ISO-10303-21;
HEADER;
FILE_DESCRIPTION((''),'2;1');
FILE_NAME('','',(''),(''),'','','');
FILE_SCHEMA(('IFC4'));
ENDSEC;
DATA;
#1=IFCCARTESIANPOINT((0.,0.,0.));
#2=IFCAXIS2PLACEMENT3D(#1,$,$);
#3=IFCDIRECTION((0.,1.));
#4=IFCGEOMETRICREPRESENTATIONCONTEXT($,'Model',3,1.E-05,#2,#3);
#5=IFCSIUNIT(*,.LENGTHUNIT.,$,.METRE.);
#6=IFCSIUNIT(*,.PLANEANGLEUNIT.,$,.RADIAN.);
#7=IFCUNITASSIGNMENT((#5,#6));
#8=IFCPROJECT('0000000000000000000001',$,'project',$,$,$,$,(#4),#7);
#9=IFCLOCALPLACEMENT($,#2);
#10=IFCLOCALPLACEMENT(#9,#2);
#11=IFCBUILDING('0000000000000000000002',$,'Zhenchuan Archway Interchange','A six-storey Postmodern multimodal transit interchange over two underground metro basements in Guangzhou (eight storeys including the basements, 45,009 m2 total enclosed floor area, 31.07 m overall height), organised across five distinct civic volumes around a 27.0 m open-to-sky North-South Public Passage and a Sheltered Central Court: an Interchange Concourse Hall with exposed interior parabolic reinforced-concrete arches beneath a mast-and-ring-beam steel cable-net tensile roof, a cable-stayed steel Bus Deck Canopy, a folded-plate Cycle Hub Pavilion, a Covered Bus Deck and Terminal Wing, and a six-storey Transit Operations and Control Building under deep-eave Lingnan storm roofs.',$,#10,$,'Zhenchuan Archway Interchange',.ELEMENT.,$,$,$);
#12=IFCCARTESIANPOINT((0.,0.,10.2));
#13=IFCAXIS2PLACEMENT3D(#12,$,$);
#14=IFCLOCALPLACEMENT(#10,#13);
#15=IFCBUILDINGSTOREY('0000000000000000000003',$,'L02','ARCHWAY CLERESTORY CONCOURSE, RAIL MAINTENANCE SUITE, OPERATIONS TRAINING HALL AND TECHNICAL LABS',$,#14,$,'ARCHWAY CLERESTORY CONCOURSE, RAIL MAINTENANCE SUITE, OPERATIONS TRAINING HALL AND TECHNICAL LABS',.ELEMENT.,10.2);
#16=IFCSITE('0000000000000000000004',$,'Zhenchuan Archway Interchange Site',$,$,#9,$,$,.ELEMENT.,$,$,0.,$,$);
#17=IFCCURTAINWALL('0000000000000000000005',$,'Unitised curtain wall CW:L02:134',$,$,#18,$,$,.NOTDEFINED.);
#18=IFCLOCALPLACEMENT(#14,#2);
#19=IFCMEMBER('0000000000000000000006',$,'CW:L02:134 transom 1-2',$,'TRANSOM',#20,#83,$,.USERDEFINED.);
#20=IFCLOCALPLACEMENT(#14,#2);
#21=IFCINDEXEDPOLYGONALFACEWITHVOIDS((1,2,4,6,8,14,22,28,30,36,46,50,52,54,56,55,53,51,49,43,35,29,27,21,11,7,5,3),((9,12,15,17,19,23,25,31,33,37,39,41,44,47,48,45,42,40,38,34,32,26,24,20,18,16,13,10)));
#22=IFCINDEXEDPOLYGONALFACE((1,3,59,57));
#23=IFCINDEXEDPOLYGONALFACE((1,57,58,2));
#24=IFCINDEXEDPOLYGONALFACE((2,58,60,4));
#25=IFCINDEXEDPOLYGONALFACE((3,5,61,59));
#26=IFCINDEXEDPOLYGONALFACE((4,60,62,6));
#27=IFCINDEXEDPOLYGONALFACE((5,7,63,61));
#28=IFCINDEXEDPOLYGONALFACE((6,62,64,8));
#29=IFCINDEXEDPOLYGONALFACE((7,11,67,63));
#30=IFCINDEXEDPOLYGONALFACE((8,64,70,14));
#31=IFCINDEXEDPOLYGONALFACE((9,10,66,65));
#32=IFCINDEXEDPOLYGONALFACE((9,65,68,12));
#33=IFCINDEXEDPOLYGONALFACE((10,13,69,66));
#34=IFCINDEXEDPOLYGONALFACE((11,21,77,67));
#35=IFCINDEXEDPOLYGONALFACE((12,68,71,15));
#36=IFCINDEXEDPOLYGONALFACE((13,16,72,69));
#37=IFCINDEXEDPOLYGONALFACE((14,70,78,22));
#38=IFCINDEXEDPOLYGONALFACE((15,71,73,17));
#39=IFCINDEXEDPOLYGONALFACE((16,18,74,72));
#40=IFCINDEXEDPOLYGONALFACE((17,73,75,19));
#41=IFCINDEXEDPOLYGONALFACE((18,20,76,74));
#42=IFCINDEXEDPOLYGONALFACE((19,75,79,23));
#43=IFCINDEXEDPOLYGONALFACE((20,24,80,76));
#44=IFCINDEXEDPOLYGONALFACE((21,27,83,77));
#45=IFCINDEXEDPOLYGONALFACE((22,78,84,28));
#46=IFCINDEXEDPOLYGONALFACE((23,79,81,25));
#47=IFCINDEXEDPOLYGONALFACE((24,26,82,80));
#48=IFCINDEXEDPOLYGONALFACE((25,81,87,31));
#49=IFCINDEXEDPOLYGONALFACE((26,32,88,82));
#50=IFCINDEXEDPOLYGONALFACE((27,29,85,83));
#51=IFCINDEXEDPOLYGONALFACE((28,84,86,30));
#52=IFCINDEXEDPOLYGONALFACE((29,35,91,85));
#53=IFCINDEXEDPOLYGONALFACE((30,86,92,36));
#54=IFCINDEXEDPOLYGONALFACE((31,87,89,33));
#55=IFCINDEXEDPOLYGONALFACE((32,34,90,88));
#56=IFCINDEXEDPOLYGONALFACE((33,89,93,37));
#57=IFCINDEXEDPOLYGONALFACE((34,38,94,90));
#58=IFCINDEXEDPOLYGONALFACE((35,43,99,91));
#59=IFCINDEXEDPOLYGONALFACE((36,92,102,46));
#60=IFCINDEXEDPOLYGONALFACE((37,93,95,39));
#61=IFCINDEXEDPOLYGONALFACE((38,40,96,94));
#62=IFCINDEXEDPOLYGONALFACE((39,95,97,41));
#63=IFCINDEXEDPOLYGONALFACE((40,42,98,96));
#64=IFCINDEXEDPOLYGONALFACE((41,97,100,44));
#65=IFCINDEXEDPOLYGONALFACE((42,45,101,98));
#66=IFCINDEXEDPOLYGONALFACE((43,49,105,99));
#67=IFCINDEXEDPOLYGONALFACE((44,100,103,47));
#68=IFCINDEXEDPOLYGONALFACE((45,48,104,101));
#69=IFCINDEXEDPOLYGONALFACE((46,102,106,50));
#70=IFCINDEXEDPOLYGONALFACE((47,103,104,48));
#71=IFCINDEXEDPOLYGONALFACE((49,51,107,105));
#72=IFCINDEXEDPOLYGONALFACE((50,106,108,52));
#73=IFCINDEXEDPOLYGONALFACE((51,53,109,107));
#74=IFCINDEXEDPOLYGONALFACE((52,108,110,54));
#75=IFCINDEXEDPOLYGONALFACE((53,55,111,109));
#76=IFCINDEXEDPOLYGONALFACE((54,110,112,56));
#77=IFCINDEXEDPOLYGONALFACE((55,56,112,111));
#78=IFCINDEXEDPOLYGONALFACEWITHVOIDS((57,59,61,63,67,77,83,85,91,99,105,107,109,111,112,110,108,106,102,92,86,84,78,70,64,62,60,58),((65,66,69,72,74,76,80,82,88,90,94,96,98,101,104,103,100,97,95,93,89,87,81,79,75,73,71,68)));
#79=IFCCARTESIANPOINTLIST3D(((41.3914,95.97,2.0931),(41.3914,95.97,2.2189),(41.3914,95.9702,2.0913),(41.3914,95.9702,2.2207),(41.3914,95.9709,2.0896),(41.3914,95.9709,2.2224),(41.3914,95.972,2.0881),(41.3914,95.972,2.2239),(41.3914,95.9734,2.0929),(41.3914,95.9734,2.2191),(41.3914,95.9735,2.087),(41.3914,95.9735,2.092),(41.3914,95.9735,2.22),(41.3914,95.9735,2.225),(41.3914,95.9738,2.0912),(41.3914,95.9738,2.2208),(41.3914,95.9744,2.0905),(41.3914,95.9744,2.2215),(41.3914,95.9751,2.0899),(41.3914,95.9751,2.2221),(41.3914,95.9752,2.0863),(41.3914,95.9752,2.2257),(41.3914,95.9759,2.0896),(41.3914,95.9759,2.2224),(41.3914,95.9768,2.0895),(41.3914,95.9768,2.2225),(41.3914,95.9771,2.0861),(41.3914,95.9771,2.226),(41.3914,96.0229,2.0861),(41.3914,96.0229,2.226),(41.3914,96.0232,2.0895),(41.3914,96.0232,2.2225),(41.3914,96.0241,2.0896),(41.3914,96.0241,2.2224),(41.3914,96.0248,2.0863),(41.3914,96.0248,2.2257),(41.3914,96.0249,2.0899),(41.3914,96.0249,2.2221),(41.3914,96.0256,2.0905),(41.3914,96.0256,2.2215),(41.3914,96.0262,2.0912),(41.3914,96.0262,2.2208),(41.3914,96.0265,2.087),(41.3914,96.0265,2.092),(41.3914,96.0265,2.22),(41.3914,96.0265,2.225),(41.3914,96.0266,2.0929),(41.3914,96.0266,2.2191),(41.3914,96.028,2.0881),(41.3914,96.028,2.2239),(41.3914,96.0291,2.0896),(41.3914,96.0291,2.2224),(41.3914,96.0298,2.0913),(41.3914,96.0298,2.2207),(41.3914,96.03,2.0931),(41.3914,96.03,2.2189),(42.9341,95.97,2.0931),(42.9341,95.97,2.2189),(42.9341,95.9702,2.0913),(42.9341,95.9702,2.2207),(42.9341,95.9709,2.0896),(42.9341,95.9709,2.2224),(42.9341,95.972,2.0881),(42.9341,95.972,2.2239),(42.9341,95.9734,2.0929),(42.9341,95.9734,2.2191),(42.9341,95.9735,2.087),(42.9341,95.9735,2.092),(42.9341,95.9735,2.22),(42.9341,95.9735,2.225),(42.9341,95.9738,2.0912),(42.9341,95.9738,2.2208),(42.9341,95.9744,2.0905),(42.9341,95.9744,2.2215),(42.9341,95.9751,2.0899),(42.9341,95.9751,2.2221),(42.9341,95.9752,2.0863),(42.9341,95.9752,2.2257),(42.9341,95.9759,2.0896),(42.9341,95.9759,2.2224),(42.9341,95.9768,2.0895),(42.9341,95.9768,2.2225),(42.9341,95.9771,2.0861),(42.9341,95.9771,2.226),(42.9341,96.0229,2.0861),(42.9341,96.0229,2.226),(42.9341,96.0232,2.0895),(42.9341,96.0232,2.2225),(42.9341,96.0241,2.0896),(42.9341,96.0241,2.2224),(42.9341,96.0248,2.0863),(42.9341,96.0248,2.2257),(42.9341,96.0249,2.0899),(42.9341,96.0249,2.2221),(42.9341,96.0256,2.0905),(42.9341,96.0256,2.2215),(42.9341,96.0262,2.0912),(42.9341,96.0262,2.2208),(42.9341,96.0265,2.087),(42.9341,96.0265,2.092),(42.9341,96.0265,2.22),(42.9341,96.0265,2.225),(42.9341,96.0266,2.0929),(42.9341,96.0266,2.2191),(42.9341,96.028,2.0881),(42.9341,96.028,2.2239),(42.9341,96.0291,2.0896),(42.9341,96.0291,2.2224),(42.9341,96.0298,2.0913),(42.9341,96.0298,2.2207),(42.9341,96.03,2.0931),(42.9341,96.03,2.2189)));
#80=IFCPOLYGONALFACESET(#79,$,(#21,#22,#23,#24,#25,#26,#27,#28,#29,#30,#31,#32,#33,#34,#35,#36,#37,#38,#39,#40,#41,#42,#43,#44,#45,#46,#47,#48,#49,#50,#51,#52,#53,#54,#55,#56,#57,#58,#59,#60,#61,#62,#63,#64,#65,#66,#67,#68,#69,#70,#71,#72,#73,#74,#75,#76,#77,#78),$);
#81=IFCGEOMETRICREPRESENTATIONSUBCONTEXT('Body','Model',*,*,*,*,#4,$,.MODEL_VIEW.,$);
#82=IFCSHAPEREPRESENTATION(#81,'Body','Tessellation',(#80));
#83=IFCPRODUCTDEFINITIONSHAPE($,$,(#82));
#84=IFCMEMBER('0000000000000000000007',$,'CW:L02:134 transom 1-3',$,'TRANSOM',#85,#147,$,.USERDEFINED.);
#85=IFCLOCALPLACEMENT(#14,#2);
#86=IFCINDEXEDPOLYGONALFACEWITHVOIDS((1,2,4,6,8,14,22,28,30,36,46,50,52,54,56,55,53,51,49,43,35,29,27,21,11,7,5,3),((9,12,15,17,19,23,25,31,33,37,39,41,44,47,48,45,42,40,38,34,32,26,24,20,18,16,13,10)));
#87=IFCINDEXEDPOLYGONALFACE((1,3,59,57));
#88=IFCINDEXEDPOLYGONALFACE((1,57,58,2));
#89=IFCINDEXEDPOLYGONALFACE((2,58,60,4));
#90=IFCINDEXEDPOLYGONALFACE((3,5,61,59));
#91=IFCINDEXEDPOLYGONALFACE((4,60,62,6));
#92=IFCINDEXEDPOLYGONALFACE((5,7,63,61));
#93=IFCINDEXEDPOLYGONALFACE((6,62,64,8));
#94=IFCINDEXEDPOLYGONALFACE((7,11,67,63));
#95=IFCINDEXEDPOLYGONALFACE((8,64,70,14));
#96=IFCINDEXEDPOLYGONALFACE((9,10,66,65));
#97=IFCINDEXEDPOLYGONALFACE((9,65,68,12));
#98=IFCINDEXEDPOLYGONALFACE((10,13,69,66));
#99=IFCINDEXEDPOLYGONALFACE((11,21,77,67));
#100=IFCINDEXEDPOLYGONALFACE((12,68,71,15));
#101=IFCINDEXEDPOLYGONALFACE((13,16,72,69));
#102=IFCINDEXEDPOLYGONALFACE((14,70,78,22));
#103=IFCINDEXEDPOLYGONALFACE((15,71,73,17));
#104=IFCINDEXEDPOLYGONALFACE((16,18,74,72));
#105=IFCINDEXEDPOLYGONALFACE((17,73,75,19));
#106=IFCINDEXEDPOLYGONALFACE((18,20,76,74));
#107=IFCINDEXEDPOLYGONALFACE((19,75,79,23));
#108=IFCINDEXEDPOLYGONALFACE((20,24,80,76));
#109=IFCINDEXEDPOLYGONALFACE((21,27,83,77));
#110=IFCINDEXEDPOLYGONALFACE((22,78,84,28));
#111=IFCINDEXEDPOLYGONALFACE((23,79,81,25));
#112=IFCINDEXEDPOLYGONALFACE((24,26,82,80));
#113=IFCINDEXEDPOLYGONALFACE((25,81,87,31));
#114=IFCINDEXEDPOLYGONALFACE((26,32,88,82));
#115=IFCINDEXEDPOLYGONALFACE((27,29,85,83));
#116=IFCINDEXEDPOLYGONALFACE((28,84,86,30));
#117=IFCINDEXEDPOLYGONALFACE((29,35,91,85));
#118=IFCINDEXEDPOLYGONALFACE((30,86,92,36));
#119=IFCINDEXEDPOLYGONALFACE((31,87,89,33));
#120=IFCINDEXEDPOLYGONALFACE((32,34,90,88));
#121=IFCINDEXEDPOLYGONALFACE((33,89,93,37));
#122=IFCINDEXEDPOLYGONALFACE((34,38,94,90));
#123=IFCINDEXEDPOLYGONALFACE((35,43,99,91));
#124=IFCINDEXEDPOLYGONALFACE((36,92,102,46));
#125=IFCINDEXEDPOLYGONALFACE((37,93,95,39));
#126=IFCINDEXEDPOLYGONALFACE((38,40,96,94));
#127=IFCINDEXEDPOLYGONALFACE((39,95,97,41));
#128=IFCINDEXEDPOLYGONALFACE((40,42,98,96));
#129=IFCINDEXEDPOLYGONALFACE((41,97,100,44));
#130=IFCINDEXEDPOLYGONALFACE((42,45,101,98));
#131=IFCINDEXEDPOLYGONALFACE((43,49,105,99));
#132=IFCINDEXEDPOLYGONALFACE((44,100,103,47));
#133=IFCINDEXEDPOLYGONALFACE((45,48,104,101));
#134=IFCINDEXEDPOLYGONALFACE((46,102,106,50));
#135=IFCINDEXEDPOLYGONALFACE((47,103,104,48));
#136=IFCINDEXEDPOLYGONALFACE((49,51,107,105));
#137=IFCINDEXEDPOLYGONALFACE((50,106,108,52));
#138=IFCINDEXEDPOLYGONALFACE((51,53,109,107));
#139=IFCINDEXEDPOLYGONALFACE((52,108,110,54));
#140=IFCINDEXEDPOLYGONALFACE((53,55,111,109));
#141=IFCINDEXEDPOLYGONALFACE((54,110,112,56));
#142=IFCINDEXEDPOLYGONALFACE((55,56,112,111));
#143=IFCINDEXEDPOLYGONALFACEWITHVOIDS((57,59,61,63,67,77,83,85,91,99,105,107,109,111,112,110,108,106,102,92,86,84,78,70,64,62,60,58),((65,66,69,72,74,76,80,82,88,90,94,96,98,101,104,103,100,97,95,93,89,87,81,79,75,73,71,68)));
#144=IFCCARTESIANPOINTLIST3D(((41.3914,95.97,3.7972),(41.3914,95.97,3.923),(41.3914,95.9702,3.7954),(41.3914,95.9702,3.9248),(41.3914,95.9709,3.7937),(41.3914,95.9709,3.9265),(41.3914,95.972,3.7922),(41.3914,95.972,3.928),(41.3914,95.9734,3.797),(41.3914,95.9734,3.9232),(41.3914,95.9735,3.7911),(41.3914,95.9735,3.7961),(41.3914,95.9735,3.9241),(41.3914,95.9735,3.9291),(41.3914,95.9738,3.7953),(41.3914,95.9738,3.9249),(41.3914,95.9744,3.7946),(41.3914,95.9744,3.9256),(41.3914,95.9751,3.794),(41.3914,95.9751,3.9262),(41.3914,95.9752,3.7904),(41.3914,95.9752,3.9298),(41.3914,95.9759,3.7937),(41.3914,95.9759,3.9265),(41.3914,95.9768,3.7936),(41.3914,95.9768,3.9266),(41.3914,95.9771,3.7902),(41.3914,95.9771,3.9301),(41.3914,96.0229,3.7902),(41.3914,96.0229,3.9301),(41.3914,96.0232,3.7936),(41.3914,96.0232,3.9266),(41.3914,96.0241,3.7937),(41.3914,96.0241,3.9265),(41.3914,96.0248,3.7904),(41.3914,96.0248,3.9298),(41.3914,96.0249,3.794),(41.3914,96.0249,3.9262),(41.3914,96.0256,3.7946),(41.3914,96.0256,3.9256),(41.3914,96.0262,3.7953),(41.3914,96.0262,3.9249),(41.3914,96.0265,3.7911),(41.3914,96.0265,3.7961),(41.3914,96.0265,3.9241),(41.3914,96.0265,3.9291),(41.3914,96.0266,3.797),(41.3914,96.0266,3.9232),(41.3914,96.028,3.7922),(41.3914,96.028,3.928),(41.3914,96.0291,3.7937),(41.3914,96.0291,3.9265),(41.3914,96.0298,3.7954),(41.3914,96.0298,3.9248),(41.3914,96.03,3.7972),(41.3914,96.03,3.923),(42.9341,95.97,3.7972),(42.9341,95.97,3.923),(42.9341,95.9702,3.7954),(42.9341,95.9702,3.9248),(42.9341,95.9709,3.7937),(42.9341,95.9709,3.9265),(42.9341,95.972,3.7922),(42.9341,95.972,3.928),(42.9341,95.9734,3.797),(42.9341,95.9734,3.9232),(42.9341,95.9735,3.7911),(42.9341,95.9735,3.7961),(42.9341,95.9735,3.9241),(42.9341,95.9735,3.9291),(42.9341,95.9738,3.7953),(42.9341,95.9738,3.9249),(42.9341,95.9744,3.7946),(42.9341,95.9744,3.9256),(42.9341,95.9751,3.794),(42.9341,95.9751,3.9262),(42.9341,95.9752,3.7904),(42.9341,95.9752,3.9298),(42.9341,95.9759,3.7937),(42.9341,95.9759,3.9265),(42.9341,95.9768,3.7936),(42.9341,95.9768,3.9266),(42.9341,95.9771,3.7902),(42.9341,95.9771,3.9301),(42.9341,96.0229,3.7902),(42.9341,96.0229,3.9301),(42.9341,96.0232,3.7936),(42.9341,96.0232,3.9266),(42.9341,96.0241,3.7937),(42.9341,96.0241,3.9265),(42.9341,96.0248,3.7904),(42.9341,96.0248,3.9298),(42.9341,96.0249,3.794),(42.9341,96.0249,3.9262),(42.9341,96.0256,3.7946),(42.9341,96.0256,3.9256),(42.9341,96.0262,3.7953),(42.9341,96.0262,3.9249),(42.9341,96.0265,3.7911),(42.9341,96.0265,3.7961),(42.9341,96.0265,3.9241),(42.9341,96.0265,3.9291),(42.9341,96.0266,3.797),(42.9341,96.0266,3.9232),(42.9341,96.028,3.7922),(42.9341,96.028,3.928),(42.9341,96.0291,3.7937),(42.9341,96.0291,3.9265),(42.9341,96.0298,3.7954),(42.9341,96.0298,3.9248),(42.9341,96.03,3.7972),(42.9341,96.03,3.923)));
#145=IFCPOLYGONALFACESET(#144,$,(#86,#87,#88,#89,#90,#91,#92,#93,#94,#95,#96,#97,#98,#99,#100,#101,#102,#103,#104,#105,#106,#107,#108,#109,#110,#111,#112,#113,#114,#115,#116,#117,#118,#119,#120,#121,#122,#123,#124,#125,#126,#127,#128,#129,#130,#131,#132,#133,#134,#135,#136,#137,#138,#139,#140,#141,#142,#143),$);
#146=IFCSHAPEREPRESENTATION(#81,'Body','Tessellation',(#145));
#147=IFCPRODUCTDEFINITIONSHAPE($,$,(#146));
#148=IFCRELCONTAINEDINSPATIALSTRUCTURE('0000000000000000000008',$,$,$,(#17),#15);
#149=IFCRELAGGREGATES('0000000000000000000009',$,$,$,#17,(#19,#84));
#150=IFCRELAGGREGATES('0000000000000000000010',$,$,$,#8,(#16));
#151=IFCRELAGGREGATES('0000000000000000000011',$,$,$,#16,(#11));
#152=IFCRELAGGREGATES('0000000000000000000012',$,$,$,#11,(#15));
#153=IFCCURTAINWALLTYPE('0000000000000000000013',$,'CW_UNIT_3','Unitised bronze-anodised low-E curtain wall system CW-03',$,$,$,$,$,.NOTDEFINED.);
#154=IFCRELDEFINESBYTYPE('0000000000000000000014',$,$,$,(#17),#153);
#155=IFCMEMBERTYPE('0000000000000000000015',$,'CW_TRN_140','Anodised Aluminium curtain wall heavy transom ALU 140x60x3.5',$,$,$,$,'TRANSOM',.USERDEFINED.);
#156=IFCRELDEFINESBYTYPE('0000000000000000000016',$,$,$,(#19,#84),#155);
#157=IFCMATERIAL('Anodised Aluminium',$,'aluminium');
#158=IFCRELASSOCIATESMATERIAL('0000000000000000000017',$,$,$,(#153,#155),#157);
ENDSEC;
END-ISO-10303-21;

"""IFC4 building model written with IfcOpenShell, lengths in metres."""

from ifc_helpers import new_model, si_unit, direction, frame, origin, origin_2d, place, context, subcontext, project, spatial, hollow_rectangle, extrude, material, material_profile, profile_set, type_object, element, aggregate, save


model = new_model("IFC4")

# Units and contexts
model_context = context("Model", 3, precision=1e-05, world=origin(), true_north=direction((0.0, 1.0)))
body_context = subcontext(model_context, "Body", "Model", "MODEL_VIEW")
ifc_project = project(units=[si_unit("LENGTHUNIT", "METRE"), si_unit("PLANEANGLEUNIT", "RADIAN")], contexts=[model_context])

# Site, building, storey
site_placement = place(None, origin())
site = spatial("IfcSite", under=ifc_project, at=site_placement, Name="Zhenchuan Archway Interchange Site", CompositionType="ELEMENT", RefElevation=0.0)
building_placement = place(site_placement, origin())
building = spatial("IfcBuilding", under=site, at=building_placement, Name="Zhenchuan Archway Interchange", Description="A six-storey Postmodern multimodal transit interchange over two underground metro basements in Guangzhou (eight storeys including the basements, 45,009 m2 total enclosed floor area, 31.07 m overall height), organised across five distinct civic volumes around a 27.0 m open-to-sky North-South Public Passage and a Sheltered Central Court: an Interchange Concourse Hall with exposed interior parabolic reinforced-concrete arches beneath a mast-and-ring-beam steel cable-net tensile roof, a cable-stayed steel Bus Deck Canopy, a folded-plate Cycle Hub Pavilion, a Covered Bus Deck and Terminal Wing, and a six-storey Transit Operations and Control Building under deep-eave Lingnan storm roofs.", LongName="Zhenchuan Archway Interchange", CompositionType="ELEMENT")
storey_placement = place(building_placement, frame((0.0, 0.0, 10.2)))
storey = spatial("IfcBuildingStorey", under=building, at=storey_placement, Name="L02", Description="ARCHWAY CLERESTORY CONCOURSE, RAIL MAINTENANCE SUITE, OPERATIONS TRAINING HALL AND TECHNICAL LABS", LongName="ARCHWAY CLERESTORY CONCOURSE, RAIL MAINTENANCE SUITE, OPERATIONS TRAINING HALL AND TECHNICAL LABS", CompositionType="ELEMENT", Elevation=10.2)

# Shared definitions
ifc_material_1 = material(Name="Anodised Aluminium", Category="aluminium")

# Curtain wall, members
curtain_wall_type_1 = type_object("IfcCurtainWallType", Name="CW_UNIT_3", Description="Unitised bronze-anodised low-E curtain wall system CW-03", PredefinedType="NOTDEFINED", material=ifc_material_1)
curtain_wall_1_placement = place(storey_placement, origin())
curtain_wall_1 = element("IfcCurtainWall", 1, at=curtain_wall_1_placement, inside=storey, type_object=curtain_wall_type_1, Name="Unitised curtain wall CW:L02:134", PredefinedType="NOTDEFINED")
ifc_material_profile_1 = material_profile(ifc_material_1, hollow_rectangle(XDim=0.0601, YDim=0.1399, WallThickness=0.0034, InnerFilletRadius=0.0034, OuterFilletRadius=0.0071, at=origin_2d()), Name="ALU 140x60x3.5")
ifc_profile_set_1 = profile_set([ifc_material_profile_1], Name="Anodised Aluminium")
member_type_1 = type_object("IfcMemberType", Name="CW_TRN_140", Description="Anodised Aluminium curtain wall heavy transom ALU 140x60x3.5", ElementType="TRANSOM", PredefinedType="USERDEFINED", material=ifc_profile_set_1)
member_1_placement = place(storey_placement, frame((42.9341, 96.0, 2.156), z_axis=(-1.0, 0.0, 0.0), x_axis=(0.0, -1.0, 0.0)))
member_1 = element("IfcMember", 2, at=member_1_placement, type_object=member_type_1, Name="CW:L02:134 transom 1-2", ObjectType="TRANSOM", PredefinedType="USERDEFINED", context=body_context, shape_type="SweptSolid", body=[
    extrude(hollow_rectangle(XDim=0.0601, YDim=0.1399, WallThickness=0.0034, InnerFilletRadius=0.0034, OuterFilletRadius=0.0071, at=origin_2d()), origin(), (0.0, 0.0, 1.0), 1.5427),
])
member_2_placement = place(storey_placement, frame((42.9341, 96.0, 3.8601), z_axis=(-1.0, 0.0, 0.0), x_axis=(0.0, -1.0, 0.0)))
member_2 = element("IfcMember", 3, at=member_2_placement, type_object=member_type_1, Name="CW:L02:134 transom 1-3", ObjectType="TRANSOM", PredefinedType="USERDEFINED", context=body_context, shape_type="SweptSolid", body=[
    extrude(hollow_rectangle(XDim=0.0601, YDim=0.1399, WallThickness=0.0034, InnerFilletRadius=0.0034, OuterFilletRadius=0.0071, at=origin_2d()), origin(), (0.0, 0.0, 1.0), 1.5427),
])

aggregate(curtain_wall_1, [member_1, member_2])

save(model, "model.ifc")
